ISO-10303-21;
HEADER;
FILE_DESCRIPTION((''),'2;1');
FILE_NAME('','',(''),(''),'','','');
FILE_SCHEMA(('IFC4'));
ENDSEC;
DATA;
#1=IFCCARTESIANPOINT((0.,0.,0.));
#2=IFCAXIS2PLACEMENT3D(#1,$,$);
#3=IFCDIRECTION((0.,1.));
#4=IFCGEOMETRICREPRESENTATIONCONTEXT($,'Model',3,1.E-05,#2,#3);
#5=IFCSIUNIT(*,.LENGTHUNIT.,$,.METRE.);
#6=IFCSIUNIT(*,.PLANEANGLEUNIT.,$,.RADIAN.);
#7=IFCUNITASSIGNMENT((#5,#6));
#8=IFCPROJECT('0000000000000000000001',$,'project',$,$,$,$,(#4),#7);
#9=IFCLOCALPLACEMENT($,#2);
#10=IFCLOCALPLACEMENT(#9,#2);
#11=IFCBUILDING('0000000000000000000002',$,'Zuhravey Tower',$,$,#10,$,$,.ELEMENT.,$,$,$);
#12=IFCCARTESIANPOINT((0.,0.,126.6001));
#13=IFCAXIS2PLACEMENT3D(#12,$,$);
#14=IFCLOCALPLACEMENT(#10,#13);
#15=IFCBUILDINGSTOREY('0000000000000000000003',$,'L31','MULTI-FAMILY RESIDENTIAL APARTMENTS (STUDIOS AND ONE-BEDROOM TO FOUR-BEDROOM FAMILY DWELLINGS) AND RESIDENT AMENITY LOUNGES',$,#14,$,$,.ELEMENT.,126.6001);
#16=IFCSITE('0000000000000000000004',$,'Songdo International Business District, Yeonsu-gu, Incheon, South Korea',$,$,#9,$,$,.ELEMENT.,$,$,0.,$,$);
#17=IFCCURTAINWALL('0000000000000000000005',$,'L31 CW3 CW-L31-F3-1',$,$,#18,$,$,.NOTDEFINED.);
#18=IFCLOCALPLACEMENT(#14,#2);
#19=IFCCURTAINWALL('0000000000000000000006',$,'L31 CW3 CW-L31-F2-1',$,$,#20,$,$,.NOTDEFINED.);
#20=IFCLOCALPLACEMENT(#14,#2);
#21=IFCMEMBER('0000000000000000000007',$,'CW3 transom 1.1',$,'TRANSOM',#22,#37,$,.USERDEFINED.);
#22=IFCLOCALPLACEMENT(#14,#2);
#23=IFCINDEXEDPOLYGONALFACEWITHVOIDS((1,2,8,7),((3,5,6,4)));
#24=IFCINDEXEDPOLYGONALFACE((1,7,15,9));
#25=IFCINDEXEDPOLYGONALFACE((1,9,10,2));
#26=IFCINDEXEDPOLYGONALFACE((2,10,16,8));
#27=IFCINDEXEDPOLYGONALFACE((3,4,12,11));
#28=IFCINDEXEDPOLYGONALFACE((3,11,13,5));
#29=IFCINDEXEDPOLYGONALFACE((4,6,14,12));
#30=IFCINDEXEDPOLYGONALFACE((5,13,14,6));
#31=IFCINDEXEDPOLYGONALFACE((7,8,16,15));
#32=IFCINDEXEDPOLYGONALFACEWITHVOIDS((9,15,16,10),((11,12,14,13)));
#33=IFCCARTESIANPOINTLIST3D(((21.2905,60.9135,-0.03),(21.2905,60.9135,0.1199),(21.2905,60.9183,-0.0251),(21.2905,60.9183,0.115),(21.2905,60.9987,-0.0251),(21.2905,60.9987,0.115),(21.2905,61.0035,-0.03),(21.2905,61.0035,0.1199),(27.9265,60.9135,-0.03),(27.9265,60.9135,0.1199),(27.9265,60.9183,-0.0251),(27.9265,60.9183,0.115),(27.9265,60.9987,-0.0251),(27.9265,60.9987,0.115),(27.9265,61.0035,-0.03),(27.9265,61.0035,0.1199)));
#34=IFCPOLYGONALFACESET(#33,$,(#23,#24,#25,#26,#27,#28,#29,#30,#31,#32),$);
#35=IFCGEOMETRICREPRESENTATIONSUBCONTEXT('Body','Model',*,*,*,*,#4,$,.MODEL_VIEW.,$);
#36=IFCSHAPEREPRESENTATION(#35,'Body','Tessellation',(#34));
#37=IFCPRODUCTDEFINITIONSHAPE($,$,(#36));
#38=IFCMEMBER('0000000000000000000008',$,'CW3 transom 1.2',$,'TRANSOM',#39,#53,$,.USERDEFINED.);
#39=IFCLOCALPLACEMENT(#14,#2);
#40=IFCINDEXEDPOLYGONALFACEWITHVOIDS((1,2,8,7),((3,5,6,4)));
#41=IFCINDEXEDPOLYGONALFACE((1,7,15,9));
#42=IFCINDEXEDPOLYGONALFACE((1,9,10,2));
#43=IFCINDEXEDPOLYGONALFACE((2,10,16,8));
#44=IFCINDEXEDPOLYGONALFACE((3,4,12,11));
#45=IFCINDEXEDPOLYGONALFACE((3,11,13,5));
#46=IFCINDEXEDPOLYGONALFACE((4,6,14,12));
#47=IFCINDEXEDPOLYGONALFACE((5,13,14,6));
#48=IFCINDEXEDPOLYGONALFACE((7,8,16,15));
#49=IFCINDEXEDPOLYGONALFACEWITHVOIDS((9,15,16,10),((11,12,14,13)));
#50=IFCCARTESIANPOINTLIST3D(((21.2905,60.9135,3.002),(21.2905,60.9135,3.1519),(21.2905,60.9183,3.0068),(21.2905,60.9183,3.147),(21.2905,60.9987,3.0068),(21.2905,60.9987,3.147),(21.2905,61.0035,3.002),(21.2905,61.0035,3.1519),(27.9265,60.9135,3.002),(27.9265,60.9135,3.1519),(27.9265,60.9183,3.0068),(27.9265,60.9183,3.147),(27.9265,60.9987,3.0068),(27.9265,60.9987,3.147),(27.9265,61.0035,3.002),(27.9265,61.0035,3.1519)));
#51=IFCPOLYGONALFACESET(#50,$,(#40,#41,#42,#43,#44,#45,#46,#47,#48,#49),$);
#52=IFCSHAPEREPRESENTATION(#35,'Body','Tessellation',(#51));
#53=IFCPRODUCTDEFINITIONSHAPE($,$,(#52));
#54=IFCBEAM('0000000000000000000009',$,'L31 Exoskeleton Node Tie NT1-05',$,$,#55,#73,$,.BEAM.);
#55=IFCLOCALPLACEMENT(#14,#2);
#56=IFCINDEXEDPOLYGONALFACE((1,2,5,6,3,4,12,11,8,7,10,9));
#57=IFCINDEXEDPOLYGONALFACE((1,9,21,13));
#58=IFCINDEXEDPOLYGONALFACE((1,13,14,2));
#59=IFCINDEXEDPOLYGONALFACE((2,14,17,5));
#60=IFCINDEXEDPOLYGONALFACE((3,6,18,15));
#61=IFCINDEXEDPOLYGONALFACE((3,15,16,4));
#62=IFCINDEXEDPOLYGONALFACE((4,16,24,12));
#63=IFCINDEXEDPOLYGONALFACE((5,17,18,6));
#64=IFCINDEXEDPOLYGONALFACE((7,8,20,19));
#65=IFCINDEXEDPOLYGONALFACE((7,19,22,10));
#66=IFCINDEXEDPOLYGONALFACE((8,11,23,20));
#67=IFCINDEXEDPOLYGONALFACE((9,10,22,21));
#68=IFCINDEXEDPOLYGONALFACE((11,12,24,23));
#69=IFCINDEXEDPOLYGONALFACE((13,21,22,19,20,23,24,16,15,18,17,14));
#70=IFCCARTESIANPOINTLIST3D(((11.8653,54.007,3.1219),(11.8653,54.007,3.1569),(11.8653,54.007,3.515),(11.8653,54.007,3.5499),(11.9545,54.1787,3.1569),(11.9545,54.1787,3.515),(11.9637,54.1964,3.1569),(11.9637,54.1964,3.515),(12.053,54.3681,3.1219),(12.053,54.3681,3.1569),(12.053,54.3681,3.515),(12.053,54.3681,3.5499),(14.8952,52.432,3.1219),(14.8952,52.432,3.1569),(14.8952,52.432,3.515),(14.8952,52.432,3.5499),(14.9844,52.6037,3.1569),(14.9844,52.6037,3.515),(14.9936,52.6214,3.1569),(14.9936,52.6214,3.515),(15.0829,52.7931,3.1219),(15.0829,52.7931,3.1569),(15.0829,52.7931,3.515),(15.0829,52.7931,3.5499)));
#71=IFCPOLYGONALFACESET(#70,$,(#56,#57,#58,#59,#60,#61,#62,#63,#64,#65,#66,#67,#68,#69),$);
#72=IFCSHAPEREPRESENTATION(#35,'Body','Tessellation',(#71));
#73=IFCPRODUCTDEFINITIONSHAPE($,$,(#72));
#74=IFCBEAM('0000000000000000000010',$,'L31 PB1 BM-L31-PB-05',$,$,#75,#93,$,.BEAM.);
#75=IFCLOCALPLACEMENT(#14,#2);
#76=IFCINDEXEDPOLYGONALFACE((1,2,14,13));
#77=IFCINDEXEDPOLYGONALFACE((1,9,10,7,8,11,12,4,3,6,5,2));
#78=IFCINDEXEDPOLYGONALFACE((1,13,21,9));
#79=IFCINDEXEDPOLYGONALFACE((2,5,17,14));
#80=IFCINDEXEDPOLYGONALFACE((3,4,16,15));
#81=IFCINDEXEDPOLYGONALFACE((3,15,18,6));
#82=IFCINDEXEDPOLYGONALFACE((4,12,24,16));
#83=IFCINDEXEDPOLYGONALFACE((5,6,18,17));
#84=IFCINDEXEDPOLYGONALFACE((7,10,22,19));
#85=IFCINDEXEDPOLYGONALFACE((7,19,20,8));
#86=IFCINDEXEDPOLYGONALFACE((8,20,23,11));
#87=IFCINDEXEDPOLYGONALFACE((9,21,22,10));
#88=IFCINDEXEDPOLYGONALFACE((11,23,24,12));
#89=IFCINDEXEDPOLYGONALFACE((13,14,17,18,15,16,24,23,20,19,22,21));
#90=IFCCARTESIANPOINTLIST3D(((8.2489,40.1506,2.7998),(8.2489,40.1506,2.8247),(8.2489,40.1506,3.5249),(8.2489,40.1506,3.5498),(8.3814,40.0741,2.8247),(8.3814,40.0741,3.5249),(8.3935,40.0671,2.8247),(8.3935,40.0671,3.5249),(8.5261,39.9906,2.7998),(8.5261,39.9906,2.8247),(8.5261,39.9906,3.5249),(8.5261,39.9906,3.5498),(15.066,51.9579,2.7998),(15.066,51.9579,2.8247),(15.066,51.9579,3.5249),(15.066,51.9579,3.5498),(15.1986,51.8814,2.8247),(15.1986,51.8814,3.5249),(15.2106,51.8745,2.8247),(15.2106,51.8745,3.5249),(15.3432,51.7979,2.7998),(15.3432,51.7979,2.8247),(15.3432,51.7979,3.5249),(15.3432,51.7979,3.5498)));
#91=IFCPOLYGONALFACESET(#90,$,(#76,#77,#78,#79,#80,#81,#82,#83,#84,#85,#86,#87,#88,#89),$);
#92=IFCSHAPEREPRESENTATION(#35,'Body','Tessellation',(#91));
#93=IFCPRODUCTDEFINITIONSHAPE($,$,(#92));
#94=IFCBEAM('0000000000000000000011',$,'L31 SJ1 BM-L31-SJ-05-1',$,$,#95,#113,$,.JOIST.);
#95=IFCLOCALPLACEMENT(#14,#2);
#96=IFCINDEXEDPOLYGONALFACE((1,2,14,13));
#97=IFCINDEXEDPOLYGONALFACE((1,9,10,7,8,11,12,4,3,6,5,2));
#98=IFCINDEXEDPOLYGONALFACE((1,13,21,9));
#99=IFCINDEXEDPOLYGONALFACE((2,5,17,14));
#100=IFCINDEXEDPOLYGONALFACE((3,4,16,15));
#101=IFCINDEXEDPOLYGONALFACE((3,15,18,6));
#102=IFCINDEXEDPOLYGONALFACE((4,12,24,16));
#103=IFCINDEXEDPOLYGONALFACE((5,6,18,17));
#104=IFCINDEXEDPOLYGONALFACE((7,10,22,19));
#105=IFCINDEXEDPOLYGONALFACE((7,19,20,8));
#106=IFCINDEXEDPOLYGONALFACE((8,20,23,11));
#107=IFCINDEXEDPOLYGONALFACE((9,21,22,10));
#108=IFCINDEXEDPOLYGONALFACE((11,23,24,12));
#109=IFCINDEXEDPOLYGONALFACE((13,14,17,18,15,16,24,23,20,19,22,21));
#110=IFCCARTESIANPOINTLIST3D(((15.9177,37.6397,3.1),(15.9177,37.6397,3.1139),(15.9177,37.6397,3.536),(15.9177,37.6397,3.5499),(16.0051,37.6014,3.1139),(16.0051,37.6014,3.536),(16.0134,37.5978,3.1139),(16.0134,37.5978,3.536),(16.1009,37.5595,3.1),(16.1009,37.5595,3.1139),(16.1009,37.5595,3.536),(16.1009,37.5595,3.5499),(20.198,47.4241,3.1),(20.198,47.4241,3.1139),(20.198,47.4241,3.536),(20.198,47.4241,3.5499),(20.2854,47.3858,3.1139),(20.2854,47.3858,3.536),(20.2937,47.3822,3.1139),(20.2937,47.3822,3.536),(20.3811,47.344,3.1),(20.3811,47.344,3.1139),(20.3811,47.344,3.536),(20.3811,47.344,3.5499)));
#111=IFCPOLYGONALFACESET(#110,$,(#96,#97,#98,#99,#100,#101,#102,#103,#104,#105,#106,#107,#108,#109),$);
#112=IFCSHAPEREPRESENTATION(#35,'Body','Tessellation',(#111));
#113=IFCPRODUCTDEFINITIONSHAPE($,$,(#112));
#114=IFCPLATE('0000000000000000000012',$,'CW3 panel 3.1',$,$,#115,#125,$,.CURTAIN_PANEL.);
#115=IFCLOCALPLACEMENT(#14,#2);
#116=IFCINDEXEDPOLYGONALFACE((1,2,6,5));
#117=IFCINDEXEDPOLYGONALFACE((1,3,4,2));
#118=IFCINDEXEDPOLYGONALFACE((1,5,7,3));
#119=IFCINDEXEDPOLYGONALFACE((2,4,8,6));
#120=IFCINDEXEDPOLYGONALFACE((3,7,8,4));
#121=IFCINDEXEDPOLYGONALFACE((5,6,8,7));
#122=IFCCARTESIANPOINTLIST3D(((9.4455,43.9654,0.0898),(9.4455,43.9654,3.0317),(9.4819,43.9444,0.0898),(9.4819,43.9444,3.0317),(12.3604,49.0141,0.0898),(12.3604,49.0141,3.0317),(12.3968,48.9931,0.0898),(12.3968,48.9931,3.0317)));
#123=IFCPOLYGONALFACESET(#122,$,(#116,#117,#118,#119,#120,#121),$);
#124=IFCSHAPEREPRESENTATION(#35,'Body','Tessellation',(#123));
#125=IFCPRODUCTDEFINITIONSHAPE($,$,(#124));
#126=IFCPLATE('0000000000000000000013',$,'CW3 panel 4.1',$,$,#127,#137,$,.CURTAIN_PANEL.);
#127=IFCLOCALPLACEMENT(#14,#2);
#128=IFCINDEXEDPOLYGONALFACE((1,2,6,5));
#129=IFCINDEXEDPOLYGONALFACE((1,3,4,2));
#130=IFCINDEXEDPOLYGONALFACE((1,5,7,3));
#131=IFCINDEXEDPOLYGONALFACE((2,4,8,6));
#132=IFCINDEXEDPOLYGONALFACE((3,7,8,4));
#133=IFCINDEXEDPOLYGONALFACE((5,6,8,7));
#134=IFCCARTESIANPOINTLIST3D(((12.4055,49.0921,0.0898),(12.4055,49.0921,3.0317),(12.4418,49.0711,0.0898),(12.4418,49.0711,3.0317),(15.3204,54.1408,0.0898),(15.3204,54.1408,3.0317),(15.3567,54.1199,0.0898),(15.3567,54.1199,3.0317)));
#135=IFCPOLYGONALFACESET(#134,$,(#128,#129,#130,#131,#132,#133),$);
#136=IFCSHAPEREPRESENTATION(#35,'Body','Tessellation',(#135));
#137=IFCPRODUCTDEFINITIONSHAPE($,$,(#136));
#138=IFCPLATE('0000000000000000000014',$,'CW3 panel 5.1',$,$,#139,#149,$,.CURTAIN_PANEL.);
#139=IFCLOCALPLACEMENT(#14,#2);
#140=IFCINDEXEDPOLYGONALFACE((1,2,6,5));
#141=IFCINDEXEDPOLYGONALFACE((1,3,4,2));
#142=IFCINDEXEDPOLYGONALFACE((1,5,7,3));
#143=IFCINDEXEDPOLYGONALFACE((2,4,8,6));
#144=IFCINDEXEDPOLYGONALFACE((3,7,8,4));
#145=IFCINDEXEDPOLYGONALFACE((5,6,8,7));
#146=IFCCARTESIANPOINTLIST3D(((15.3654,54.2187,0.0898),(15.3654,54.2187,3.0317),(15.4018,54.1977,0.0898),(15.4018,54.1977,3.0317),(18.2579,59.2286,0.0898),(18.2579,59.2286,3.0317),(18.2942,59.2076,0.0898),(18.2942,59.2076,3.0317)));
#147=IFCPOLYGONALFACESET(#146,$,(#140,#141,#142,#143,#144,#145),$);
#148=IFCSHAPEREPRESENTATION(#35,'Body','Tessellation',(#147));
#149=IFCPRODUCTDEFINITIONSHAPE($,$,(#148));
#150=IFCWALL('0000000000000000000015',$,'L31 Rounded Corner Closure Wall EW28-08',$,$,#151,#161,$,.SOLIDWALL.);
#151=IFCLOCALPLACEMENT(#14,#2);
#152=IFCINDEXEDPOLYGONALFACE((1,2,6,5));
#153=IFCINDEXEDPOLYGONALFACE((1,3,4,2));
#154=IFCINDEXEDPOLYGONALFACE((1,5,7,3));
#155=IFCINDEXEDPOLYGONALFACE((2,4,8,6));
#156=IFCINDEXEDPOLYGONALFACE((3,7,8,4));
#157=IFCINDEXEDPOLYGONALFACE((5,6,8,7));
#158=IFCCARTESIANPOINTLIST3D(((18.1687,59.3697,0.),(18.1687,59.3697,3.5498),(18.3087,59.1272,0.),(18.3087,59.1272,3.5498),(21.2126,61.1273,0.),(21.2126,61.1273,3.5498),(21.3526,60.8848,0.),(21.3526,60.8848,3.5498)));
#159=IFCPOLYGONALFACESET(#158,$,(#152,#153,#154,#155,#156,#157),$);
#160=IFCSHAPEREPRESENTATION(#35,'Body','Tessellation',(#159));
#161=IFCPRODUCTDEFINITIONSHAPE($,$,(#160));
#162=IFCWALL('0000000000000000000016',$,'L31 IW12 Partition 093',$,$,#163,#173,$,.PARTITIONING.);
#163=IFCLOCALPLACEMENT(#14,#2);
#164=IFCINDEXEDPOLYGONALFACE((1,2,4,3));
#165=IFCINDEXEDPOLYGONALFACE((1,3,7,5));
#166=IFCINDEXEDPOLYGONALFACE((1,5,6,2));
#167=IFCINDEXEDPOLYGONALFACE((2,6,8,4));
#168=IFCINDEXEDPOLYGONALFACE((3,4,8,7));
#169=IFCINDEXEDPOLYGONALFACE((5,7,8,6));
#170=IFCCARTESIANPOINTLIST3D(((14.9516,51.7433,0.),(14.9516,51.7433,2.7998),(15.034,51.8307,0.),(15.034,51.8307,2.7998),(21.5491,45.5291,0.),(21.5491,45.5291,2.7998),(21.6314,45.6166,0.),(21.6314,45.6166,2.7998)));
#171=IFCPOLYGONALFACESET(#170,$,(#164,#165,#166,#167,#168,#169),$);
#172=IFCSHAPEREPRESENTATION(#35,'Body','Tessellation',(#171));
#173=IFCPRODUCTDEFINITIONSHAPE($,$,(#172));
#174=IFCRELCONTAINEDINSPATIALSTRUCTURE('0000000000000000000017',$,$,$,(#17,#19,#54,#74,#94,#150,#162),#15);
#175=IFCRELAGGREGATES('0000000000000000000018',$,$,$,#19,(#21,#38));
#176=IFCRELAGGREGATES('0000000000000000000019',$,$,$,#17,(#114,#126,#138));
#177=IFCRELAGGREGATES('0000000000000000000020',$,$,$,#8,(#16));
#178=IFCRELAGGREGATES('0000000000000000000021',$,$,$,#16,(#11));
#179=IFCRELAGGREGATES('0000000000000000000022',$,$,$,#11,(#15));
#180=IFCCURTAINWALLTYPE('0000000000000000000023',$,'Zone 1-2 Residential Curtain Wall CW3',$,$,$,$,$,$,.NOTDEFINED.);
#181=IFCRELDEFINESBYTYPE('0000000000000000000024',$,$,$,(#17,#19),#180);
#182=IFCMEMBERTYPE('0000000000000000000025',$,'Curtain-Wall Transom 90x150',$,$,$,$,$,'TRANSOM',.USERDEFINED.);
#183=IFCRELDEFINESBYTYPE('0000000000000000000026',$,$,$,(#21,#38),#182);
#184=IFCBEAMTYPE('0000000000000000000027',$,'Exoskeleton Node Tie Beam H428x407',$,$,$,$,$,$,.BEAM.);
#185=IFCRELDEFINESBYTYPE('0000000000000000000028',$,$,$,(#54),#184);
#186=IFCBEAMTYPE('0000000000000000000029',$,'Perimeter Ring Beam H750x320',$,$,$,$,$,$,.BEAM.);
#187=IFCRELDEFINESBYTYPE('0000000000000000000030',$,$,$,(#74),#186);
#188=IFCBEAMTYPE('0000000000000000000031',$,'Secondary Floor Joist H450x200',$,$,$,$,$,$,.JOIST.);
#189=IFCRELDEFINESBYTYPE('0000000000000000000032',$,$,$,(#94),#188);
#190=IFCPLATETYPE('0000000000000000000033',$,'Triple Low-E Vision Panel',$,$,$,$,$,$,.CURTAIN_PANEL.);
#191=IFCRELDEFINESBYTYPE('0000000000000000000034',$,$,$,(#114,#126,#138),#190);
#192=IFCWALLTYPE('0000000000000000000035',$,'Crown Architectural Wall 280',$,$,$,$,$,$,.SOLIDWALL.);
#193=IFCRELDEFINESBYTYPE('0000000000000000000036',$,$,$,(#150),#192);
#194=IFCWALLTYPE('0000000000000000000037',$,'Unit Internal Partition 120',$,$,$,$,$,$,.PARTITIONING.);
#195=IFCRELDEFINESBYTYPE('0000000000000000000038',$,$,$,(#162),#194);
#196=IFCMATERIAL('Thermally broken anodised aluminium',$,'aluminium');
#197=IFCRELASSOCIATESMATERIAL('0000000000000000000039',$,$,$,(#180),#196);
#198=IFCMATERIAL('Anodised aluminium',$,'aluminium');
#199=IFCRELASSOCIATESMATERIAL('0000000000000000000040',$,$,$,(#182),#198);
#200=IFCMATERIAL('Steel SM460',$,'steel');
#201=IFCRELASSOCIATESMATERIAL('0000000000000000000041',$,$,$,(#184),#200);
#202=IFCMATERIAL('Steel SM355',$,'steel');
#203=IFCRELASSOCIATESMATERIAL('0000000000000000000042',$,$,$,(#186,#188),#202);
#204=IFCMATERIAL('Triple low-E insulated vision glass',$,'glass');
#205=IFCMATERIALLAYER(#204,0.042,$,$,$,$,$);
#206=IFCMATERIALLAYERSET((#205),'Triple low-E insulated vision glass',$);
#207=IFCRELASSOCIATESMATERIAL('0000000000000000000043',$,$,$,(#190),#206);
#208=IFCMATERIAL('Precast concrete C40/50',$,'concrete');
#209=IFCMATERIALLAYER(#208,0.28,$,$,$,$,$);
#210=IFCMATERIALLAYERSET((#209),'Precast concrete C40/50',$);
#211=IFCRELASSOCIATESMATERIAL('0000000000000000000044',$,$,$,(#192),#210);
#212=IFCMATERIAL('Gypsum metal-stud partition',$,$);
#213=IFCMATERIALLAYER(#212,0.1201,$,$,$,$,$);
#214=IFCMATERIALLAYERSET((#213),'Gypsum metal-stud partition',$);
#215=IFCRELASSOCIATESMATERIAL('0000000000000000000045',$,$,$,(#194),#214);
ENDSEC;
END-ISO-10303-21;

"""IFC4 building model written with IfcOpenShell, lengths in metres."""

from ifc_helpers import new_model, si_unit, direction, frame, frame_2d, origin, origin_2d, place, context, subcontext, project, spatial, rectangle, hollow_rectangle, i_section, extrude, material, layer, layer_set, material_profile, profile_set, type_object, element, aggregate, save


model = new_model("IFC4")

# Units and contexts
model_context = context("Model", 3, precision=1e-05, world=origin(), true_north=direction((0.0, 1.0)))
body_context = subcontext(model_context, "Body", "Model", "MODEL_VIEW")
ifc_project = project(units=[si_unit("LENGTHUNIT", "METRE"), si_unit("PLANEANGLEUNIT", "RADIAN")], contexts=[model_context])

# Site, building, storey
site_placement = place(None, origin())
site = spatial("IfcSite", under=ifc_project, at=site_placement, Name="Songdo International Business District, Yeonsu-gu, Incheon, South Korea", CompositionType="ELEMENT", RefElevation=0.0)
building_placement = place(site_placement, origin())
building = spatial("IfcBuilding", under=site, at=building_placement, Name="Zuhravey Tower", CompositionType="ELEMENT")
storey_placement = place(building_placement, frame((0.0, 0.0, 126.6001)))
storey = spatial("IfcBuildingStorey", under=building, at=storey_placement, Name="L31", Description="MULTI-FAMILY RESIDENTIAL APARTMENTS (STUDIOS AND ONE-BEDROOM TO FOUR-BEDROOM FAMILY DWELLINGS) AND RESIDENT AMENITY LOUNGES", CompositionType="ELEMENT", Elevation=126.6001)

# Curtain wall
ifc_material_1 = material(Name="Thermally broken anodised aluminium", Category="aluminium")
curtain_wall_type = type_object("IfcCurtainWallType", Name="Zone 1-2 Residential Curtain Wall CW3", PredefinedType="NOTDEFINED", material=ifc_material_1)
curtain_wall_1_placement = place(storey_placement, origin())
curtain_wall_1 = element("IfcCurtainWall", 1, at=curtain_wall_1_placement, inside=storey, type_object=curtain_wall_type, Name="L31 CW3 CW-L31-F3-1", PredefinedType="NOTDEFINED")
ifc_material_2 = material(Name="Anodised aluminium", Category="aluminium")

# Curtain wall
curtain_wall_2_placement = place(storey_placement, origin())
curtain_wall_2 = element("IfcCurtainWall", 2, at=curtain_wall_2_placement, inside=storey, type_object=curtain_wall_type, Name="L31 CW3 CW-L31-F2-1", PredefinedType="NOTDEFINED")

# Members
ifc_material_profile_1 = material_profile(ifc_material_2, hollow_rectangle(XDim=0.0901, YDim=0.1499, WallThickness=0.0049, at=origin_2d()), Name="ALU-RHS-90x150x5")
ifc_profile_set_1 = profile_set([ifc_material_profile_1], Name="Anodised aluminium")
member_type_1 = type_object("IfcMemberType", Name="Curtain-Wall Transom 90x150", ElementType="TRANSOM", PredefinedType="USERDEFINED", material=ifc_profile_set_1)
member_1_placement = place(storey_placement, frame((21.2905, 60.9585, 0.0449), z_axis=(1.0, 0.0, 0.0), x_axis=(0.0, 1.0, 0.0)))
member_1 = element("IfcMember", 3, at=member_1_placement, type_object=member_type_1, Name="CW3 transom 1.1", ObjectType="TRANSOM", PredefinedType="USERDEFINED", context=body_context, shape_type="SweptSolid", body=[
    extrude(hollow_rectangle(XDim=0.0901, YDim=0.1499, WallThickness=0.0049, at=origin_2d()), origin(), (0.0, 0.0, 1.0), 6.636),
])
member_2_placement = place(storey_placement, frame((21.2905, 60.9585, 3.0769), z_axis=(1.0, 0.0, 0.0), x_axis=(0.0, 1.0, 0.0)))
member_2 = element("IfcMember", 4, at=member_2_placement, type_object=member_type_1, Name="CW3 transom 1.2", ObjectType="TRANSOM", PredefinedType="USERDEFINED", context=body_context, shape_type="SweptSolid", body=[
    extrude(hollow_rectangle(XDim=0.0901, YDim=0.1499, WallThickness=0.0049, at=origin_2d()), origin(), (0.0, 0.0, 1.0), 6.636),
])
aggregate(curtain_wall_2, [member_1, member_2])

# Beams
ifc_material_3 = material(Name="Steel SM460", Category="steel")
ifc_material_profile_2 = material_profile(ifc_material_3, i_section(OverallWidth=0.407, OverallDepth=0.428, WebThickness=0.02, FlangeThickness=0.0349, at=origin_2d()), Name="H-428x407x20x35")
ifc_profile_set_2 = profile_set([ifc_material_profile_2], Name="Steel SM460")
beam_type_1 = type_object("IfcBeamType", Name="Exoskeleton Node Tie Beam H428x407", PredefinedType="BEAM", material=ifc_profile_set_2)
beam_1_placement = place(storey_placement, frame((14.989, 52.6125, 3.3359), z_axis=(-0.887281, 0.461229, 0.0), x_axis=(-0.461229, -0.887281, 0.0)))
element("IfcBeam", 5, at=beam_1_placement, inside=storey, type_object=beam_type_1, Name="L31 Exoskeleton Node Tie NT1-05", PredefinedType="BEAM", context=body_context, shape_type="SweptSolid", body=[
    extrude(i_section(OverallWidth=0.407, OverallDepth=0.428, WebThickness=0.02, FlangeThickness=0.0349, at=origin_2d()), origin(), (0.0, 0.0, 1.0), 3.4148),
])
ifc_material_4 = material(Name="Steel SM355", Category="steel")
ifc_material_profile_3 = material_profile(ifc_material_4, i_section(OverallWidth=0.3201, OverallDepth=0.75, WebThickness=0.0139, FlangeThickness=0.0249, at=origin_2d()), Name="H-750x320x14x25")
ifc_profile_set_3 = profile_set([ifc_material_profile_3], Name="Steel SM355")
beam_type_2 = type_object("IfcBeamType", Name="Perimeter Ring Beam H750x320", PredefinedType="BEAM", material=ifc_profile_set_3)
beam_2_placement = place(storey_placement, frame((15.2046, 51.8779, 3.1748), z_axis=(-0.500008, -0.866021, 0.0), x_axis=(0.866021, -0.500008, 0.0)))
element("IfcBeam", 6, at=beam_2_placement, inside=storey, type_object=beam_type_2, Name="L31 PB1 BM-L31-PB-05", PredefinedType="BEAM", context=body_context, shape_type="SweptSolid", body=[
    extrude(i_section(OverallWidth=0.3201, OverallDepth=0.75, WebThickness=0.0139, FlangeThickness=0.0249, at=origin_2d()), origin(), (0.0, 0.0, 1.0), 13.634),
])
ifc_material_profile_4 = material_profile(ifc_material_4, i_section(OverallWidth=0.2, OverallDepth=0.45, WebThickness=0.009, FlangeThickness=0.0139, at=origin_2d()), Name="H-450x200x9x14")
ifc_profile_set_4 = profile_set([ifc_material_profile_4], Name="Steel SM355")
beam_type_3 = type_object("IfcBeamType", Name="Secondary Floor Joist H450x200", PredefinedType="JOIST", material=ifc_profile_set_4)
beam_3_placement = place(storey_placement, frame((20.2896, 47.384, 3.325), z_axis=(-0.400786, -0.916172, 0.0), x_axis=(0.916172, -0.400786, 0.0)))
element("IfcBeam", 7, at=beam_3_placement, inside=storey, type_object=beam_type_3, Name="L31 SJ1 BM-L31-SJ-05-1", PredefinedType="JOIST", context=body_context, shape_type="SweptSolid", body=[
    extrude(i_section(OverallWidth=0.2, OverallDepth=0.45, WebThickness=0.009, FlangeThickness=0.0139, at=origin_2d()), origin(), (0.0, 0.0, 1.0), 10.6797),
])

# Plates
ifc_material_5 = material(Name="Triple low-E insulated vision glass", Category="glass")
ifc_layer_1 = layer(ifc_material_5, 0.042)
ifc_layer_set_1 = layer_set([ifc_layer_1], Name="Triple low-E insulated vision glass")
plate_type = type_object("IfcPlateType", Name="Triple Low-E Vision Panel", PredefinedType="CURTAIN_PANEL", material=ifc_layer_set_1)
plate_1_placement = place(storey_placement, frame((10.9211, 46.4792, 0.0898), z_axis=(0.0, 0.0, 1.0), x_axis=(0.5, 0.866026, 0.0)))
plate_1 = element("IfcPlate", 8, at=plate_1_placement, type_object=plate_type, Name="CW3 panel 3.1", PredefinedType="CURTAIN_PANEL", context=body_context, shape_type="SweptSolid", body=[
    extrude(rectangle(XDim=5.8298, YDim=0.042, at=origin_2d()), origin(), (0.0, 0.0, 1.0), 2.9419),
])
plate_2_placement = place(storey_placement, frame((13.8811, 51.606, 0.0898), z_axis=(0.0, 0.0, 1.0), x_axis=(0.5, 0.866026, 0.0)))
plate_2 = element("IfcPlate", 9, at=plate_2_placement, type_object=plate_type, Name="CW3 panel 4.1", PredefinedType="CURTAIN_PANEL", context=body_context, shape_type="SweptSolid", body=[
    extrude(rectangle(XDim=5.8298, YDim=0.042, at=origin_2d()), origin(), (0.0, 0.0, 1.0), 2.9419),
])
plate_3_placement = place(storey_placement, frame((16.8298, 56.7131, 0.0898), z_axis=(0.0, 0.0, 1.0), x_axis=(0.5, 0.866026, 0.0)))
plate_3 = element("IfcPlate", 10, at=plate_3_placement, type_object=plate_type, Name="CW3 panel 5.1", PredefinedType="CURTAIN_PANEL", context=body_context, shape_type="SweptSolid", body=[
    extrude(rectangle(XDim=5.7849, YDim=0.042, at=origin_2d()), origin(), (0.0, 0.0, 1.0), 2.9419),
])
aggregate(curtain_wall_1, [plate_1, plate_2, plate_3])

# Walls
ifc_material_6 = material(Name="Precast concrete C40/50", Category="concrete")
ifc_layer_2 = layer(ifc_material_6, 0.28)
ifc_layer_set_2 = layer_set([ifc_layer_2], Name="Precast concrete C40/50")
wall_type_1 = type_object("IfcWallType", Name="Crown Architectural Wall 280", PredefinedType="SOLIDWALL", material=ifc_layer_set_2)
wall_1_placement = place(storey_placement, frame((18.2388, 59.2485, 0.0), z_axis=(0.0, 0.0, 1.0), x_axis=(0.866007, 0.500031, 0.0)))
element("IfcWall", 11, at=wall_1_placement, inside=storey, type_object=wall_type_1, Name="L31 Rounded Corner Closure Wall EW28-08", PredefinedType="SOLIDWALL", context=body_context, shape_type="SweptSolid", body=[
    extrude(rectangle(XDim=3.5149, YDim=0.28, at=frame_2d((1.7573, 0.0))), origin(), (0.0, 0.0, 1.0), 3.5498),
])
ifc_material_7 = material(Name="Gypsum metal-stud partition")
ifc_layer_3 = layer(ifc_material_7, 0.1201)
ifc_layer_set_3 = layer_set([ifc_layer_3], Name="Gypsum metal-stud partition")
wall_type_2 = type_object("IfcWallType", Name="Unit Internal Partition 120", PredefinedType="PARTITIONING", material=ifc_layer_set_3)
wall_2_placement = place(storey_placement, frame((21.5903, 45.5728, 0.0), z_axis=(0.0, 0.0, 1.0), x_axis=(-0.727937, 0.685644, 0.0)))
element("IfcWall", 12, at=wall_2_placement, inside=storey, type_object=wall_type_2, Name="L31 IW12 Partition 093", PredefinedType="PARTITIONING", context=body_context, shape_type="SweptSolid", body=[
    extrude(rectangle(XDim=9.0632, YDim=0.1201, at=frame_2d((4.5317, 0.0))), origin(), (0.0, 0.0, 1.0), 2.7998),
])

save(model, "model.ifc")
